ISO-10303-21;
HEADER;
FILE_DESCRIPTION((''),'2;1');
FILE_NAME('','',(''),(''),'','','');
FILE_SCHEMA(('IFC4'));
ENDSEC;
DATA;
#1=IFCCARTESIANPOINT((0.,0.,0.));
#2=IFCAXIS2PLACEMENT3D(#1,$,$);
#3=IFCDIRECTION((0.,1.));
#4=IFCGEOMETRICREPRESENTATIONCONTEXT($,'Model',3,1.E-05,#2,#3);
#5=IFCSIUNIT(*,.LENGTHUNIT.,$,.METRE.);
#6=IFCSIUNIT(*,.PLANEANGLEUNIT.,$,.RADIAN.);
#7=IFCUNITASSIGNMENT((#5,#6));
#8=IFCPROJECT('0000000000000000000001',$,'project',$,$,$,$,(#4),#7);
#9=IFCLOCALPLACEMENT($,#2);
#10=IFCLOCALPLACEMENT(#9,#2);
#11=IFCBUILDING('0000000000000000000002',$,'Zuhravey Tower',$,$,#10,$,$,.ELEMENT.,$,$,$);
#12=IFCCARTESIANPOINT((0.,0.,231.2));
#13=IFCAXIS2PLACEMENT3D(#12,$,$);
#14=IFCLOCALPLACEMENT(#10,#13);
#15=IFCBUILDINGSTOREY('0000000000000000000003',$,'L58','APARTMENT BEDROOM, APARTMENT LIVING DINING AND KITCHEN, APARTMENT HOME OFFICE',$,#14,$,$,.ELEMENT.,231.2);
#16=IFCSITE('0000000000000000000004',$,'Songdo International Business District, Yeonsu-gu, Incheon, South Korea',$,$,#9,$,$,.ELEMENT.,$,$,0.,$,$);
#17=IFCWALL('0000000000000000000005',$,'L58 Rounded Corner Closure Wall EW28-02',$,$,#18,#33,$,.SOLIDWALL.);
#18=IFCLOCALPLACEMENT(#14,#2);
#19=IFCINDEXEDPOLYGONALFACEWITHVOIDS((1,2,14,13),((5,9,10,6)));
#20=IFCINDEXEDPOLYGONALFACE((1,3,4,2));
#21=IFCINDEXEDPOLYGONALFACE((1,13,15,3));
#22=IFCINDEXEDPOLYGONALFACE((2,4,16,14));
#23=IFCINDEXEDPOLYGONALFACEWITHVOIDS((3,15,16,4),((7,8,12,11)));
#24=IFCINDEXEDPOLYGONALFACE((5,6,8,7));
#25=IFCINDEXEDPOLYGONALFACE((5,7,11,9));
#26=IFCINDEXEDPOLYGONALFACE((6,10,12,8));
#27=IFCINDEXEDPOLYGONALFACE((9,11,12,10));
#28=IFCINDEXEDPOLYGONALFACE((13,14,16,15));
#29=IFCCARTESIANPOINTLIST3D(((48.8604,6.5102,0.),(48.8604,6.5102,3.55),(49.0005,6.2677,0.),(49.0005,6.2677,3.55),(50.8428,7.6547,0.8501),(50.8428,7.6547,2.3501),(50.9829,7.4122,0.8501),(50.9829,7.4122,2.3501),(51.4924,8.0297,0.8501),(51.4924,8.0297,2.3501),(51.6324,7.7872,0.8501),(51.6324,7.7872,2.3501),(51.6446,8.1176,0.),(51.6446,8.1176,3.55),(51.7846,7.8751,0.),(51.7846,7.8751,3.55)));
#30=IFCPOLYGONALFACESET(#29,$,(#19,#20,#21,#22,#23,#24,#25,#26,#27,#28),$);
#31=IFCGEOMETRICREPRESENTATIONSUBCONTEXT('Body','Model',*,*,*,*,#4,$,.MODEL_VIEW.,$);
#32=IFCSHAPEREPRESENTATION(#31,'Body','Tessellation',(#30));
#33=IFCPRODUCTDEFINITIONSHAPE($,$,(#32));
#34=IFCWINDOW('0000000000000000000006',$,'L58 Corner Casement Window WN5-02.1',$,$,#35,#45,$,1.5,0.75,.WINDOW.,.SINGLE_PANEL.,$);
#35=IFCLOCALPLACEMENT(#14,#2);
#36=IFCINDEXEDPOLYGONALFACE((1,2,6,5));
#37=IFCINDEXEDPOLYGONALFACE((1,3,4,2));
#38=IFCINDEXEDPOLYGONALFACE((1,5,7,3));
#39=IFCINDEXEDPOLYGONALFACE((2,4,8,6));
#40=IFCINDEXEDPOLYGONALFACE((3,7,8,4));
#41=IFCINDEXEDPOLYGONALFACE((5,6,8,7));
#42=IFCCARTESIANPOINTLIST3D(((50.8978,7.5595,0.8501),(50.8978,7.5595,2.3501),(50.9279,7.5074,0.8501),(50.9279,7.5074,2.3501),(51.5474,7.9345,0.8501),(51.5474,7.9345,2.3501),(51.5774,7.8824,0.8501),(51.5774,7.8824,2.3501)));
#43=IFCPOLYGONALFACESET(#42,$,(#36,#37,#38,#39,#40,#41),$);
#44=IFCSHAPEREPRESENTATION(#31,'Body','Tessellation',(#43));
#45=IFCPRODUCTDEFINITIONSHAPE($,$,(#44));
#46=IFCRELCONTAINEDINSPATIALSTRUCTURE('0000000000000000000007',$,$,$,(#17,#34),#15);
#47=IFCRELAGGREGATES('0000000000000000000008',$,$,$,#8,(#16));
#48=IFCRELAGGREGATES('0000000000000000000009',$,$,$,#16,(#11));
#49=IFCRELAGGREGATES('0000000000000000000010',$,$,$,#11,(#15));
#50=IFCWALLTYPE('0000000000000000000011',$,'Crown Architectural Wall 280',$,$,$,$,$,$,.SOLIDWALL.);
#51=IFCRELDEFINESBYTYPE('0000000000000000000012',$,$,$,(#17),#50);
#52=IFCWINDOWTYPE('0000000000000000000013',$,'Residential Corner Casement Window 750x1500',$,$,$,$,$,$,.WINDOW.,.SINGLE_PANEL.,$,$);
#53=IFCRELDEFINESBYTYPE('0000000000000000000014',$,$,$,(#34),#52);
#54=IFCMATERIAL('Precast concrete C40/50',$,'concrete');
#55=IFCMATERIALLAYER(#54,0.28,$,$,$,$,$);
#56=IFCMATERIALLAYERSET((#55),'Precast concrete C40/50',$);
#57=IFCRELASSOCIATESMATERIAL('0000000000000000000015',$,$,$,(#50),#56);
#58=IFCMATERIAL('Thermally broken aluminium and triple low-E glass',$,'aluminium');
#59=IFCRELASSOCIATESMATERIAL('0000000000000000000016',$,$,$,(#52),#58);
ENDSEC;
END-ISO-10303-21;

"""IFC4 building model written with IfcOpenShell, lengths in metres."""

from ifc_helpers import new_model, si_unit, direction, frame, frame_2d, origin, place, context, subcontext, project, spatial, rectangle, extrude, material, layer, layer_set, type_object, element, fill, save


model = new_model("IFC4")

# Units and contexts
model_context = context("Model", 3, precision=1e-05, world=origin(), true_north=direction((0.0, 1.0)))
body_context = subcontext(model_context, "Body", "Model", "MODEL_VIEW")
ifc_project = project(units=[si_unit("LENGTHUNIT", "METRE"), si_unit("PLANEANGLEUNIT", "RADIAN")], contexts=[model_context])

# Site, building, storey
site_placement = place(None, origin())
site = spatial("IfcSite", under=ifc_project, at=site_placement, Name="Songdo International Business District, Yeonsu-gu, Incheon, South Korea", CompositionType="ELEMENT", RefElevation=0.0)
building_placement = place(site_placement, origin())
building = spatial("IfcBuilding", under=site, at=building_placement, Name="Zuhravey Tower", CompositionType="ELEMENT")
storey_placement = place(building_placement, frame((0.0, 0.0, 231.2)))
storey = spatial("IfcBuildingStorey", under=building, at=storey_placement, Name="L58", Description="APARTMENT BEDROOM, APARTMENT LIVING DINING AND KITCHEN, APARTMENT HOME OFFICE", CompositionType="ELEMENT", Elevation=231.2)

# Wall, opening, window
ifc_material_1 = material(Name="Precast concrete C40/50", Category="concrete")
ifc_layer_1 = layer(ifc_material_1, 0.28)
ifc_layer_set_1 = layer_set([ifc_layer_1], Name="Precast concrete C40/50")
wall_type = type_object("IfcWallType", Name="Crown Architectural Wall 280", PredefinedType="SOLIDWALL", material=ifc_layer_set_1)
wall_placement = place(storey_placement, frame((51.7146, 7.9963, 0.0), z_axis=(0.0, 0.0, 1.0), x_axis=(-0.866029, -0.499994, 0.0)))
wall = element("IfcWall", 1, at=wall_placement, inside=storey, type_object=wall_type, Name="L58 Rounded Corner Closure Wall EW28-02", PredefinedType="SOLIDWALL", context=body_context, shape_type="SweptSolid", body=[
    extrude(rectangle(XDim=3.2148, YDim=0.28, at=frame_2d((1.6074, 0.0))), origin(), (0.0, 0.0, 1.0), 3.55),
])
opening_placement = place(wall_placement, frame((0.1758, 0.0, 0.8501)))
opening = element("IfcOpeningElement", 2, at=opening_placement, cuts=wall, PredefinedType="OPENING", context=body_context, shape_type="SweptSolid", body=[
    extrude(rectangle(XDim=0.75, YDim=1.5, at=frame_2d((0.375, 0.75))), frame((0.0, 0.1521, 0.0), z_axis=(0.0, -1.0, 0.0), x_axis=(1.0, 0.0, 0.0)), (0.0, 0.0, 1.0), 0.304),
])
ifc_material_2 = material(Name="Thermally broken aluminium and triple low-E glass", Category="aluminium")
window_type = type_object("IfcWindowType", Name="Residential Corner Casement Window 750x1500", PartitioningType="SINGLE_PANEL", PredefinedType="WINDOW", material=ifc_material_2)
window_placement = place(opening_placement, origin())
window = element("IfcWindow", 3, at=window_placement, inside=storey, type_object=window_type, Name="L58 Corner Casement Window WN5-02.1", OverallHeight=1.5, OverallWidth=0.75, PartitioningType="SINGLE_PANEL", PredefinedType="WINDOW", context=body_context, shape_type="SweptSolid", body=[
    extrude(rectangle(XDim=0.75, YDim=1.5, at=frame_2d((0.375, 0.75))), frame((0.0, 0.03, 0.0), z_axis=(0.0, -1.0, 0.0), x_axis=(1.0, 0.0, 0.0)), (0.0, 0.0, 1.0), 0.0601),
])
fill(opening, window)

save(model, "model.ifc")
